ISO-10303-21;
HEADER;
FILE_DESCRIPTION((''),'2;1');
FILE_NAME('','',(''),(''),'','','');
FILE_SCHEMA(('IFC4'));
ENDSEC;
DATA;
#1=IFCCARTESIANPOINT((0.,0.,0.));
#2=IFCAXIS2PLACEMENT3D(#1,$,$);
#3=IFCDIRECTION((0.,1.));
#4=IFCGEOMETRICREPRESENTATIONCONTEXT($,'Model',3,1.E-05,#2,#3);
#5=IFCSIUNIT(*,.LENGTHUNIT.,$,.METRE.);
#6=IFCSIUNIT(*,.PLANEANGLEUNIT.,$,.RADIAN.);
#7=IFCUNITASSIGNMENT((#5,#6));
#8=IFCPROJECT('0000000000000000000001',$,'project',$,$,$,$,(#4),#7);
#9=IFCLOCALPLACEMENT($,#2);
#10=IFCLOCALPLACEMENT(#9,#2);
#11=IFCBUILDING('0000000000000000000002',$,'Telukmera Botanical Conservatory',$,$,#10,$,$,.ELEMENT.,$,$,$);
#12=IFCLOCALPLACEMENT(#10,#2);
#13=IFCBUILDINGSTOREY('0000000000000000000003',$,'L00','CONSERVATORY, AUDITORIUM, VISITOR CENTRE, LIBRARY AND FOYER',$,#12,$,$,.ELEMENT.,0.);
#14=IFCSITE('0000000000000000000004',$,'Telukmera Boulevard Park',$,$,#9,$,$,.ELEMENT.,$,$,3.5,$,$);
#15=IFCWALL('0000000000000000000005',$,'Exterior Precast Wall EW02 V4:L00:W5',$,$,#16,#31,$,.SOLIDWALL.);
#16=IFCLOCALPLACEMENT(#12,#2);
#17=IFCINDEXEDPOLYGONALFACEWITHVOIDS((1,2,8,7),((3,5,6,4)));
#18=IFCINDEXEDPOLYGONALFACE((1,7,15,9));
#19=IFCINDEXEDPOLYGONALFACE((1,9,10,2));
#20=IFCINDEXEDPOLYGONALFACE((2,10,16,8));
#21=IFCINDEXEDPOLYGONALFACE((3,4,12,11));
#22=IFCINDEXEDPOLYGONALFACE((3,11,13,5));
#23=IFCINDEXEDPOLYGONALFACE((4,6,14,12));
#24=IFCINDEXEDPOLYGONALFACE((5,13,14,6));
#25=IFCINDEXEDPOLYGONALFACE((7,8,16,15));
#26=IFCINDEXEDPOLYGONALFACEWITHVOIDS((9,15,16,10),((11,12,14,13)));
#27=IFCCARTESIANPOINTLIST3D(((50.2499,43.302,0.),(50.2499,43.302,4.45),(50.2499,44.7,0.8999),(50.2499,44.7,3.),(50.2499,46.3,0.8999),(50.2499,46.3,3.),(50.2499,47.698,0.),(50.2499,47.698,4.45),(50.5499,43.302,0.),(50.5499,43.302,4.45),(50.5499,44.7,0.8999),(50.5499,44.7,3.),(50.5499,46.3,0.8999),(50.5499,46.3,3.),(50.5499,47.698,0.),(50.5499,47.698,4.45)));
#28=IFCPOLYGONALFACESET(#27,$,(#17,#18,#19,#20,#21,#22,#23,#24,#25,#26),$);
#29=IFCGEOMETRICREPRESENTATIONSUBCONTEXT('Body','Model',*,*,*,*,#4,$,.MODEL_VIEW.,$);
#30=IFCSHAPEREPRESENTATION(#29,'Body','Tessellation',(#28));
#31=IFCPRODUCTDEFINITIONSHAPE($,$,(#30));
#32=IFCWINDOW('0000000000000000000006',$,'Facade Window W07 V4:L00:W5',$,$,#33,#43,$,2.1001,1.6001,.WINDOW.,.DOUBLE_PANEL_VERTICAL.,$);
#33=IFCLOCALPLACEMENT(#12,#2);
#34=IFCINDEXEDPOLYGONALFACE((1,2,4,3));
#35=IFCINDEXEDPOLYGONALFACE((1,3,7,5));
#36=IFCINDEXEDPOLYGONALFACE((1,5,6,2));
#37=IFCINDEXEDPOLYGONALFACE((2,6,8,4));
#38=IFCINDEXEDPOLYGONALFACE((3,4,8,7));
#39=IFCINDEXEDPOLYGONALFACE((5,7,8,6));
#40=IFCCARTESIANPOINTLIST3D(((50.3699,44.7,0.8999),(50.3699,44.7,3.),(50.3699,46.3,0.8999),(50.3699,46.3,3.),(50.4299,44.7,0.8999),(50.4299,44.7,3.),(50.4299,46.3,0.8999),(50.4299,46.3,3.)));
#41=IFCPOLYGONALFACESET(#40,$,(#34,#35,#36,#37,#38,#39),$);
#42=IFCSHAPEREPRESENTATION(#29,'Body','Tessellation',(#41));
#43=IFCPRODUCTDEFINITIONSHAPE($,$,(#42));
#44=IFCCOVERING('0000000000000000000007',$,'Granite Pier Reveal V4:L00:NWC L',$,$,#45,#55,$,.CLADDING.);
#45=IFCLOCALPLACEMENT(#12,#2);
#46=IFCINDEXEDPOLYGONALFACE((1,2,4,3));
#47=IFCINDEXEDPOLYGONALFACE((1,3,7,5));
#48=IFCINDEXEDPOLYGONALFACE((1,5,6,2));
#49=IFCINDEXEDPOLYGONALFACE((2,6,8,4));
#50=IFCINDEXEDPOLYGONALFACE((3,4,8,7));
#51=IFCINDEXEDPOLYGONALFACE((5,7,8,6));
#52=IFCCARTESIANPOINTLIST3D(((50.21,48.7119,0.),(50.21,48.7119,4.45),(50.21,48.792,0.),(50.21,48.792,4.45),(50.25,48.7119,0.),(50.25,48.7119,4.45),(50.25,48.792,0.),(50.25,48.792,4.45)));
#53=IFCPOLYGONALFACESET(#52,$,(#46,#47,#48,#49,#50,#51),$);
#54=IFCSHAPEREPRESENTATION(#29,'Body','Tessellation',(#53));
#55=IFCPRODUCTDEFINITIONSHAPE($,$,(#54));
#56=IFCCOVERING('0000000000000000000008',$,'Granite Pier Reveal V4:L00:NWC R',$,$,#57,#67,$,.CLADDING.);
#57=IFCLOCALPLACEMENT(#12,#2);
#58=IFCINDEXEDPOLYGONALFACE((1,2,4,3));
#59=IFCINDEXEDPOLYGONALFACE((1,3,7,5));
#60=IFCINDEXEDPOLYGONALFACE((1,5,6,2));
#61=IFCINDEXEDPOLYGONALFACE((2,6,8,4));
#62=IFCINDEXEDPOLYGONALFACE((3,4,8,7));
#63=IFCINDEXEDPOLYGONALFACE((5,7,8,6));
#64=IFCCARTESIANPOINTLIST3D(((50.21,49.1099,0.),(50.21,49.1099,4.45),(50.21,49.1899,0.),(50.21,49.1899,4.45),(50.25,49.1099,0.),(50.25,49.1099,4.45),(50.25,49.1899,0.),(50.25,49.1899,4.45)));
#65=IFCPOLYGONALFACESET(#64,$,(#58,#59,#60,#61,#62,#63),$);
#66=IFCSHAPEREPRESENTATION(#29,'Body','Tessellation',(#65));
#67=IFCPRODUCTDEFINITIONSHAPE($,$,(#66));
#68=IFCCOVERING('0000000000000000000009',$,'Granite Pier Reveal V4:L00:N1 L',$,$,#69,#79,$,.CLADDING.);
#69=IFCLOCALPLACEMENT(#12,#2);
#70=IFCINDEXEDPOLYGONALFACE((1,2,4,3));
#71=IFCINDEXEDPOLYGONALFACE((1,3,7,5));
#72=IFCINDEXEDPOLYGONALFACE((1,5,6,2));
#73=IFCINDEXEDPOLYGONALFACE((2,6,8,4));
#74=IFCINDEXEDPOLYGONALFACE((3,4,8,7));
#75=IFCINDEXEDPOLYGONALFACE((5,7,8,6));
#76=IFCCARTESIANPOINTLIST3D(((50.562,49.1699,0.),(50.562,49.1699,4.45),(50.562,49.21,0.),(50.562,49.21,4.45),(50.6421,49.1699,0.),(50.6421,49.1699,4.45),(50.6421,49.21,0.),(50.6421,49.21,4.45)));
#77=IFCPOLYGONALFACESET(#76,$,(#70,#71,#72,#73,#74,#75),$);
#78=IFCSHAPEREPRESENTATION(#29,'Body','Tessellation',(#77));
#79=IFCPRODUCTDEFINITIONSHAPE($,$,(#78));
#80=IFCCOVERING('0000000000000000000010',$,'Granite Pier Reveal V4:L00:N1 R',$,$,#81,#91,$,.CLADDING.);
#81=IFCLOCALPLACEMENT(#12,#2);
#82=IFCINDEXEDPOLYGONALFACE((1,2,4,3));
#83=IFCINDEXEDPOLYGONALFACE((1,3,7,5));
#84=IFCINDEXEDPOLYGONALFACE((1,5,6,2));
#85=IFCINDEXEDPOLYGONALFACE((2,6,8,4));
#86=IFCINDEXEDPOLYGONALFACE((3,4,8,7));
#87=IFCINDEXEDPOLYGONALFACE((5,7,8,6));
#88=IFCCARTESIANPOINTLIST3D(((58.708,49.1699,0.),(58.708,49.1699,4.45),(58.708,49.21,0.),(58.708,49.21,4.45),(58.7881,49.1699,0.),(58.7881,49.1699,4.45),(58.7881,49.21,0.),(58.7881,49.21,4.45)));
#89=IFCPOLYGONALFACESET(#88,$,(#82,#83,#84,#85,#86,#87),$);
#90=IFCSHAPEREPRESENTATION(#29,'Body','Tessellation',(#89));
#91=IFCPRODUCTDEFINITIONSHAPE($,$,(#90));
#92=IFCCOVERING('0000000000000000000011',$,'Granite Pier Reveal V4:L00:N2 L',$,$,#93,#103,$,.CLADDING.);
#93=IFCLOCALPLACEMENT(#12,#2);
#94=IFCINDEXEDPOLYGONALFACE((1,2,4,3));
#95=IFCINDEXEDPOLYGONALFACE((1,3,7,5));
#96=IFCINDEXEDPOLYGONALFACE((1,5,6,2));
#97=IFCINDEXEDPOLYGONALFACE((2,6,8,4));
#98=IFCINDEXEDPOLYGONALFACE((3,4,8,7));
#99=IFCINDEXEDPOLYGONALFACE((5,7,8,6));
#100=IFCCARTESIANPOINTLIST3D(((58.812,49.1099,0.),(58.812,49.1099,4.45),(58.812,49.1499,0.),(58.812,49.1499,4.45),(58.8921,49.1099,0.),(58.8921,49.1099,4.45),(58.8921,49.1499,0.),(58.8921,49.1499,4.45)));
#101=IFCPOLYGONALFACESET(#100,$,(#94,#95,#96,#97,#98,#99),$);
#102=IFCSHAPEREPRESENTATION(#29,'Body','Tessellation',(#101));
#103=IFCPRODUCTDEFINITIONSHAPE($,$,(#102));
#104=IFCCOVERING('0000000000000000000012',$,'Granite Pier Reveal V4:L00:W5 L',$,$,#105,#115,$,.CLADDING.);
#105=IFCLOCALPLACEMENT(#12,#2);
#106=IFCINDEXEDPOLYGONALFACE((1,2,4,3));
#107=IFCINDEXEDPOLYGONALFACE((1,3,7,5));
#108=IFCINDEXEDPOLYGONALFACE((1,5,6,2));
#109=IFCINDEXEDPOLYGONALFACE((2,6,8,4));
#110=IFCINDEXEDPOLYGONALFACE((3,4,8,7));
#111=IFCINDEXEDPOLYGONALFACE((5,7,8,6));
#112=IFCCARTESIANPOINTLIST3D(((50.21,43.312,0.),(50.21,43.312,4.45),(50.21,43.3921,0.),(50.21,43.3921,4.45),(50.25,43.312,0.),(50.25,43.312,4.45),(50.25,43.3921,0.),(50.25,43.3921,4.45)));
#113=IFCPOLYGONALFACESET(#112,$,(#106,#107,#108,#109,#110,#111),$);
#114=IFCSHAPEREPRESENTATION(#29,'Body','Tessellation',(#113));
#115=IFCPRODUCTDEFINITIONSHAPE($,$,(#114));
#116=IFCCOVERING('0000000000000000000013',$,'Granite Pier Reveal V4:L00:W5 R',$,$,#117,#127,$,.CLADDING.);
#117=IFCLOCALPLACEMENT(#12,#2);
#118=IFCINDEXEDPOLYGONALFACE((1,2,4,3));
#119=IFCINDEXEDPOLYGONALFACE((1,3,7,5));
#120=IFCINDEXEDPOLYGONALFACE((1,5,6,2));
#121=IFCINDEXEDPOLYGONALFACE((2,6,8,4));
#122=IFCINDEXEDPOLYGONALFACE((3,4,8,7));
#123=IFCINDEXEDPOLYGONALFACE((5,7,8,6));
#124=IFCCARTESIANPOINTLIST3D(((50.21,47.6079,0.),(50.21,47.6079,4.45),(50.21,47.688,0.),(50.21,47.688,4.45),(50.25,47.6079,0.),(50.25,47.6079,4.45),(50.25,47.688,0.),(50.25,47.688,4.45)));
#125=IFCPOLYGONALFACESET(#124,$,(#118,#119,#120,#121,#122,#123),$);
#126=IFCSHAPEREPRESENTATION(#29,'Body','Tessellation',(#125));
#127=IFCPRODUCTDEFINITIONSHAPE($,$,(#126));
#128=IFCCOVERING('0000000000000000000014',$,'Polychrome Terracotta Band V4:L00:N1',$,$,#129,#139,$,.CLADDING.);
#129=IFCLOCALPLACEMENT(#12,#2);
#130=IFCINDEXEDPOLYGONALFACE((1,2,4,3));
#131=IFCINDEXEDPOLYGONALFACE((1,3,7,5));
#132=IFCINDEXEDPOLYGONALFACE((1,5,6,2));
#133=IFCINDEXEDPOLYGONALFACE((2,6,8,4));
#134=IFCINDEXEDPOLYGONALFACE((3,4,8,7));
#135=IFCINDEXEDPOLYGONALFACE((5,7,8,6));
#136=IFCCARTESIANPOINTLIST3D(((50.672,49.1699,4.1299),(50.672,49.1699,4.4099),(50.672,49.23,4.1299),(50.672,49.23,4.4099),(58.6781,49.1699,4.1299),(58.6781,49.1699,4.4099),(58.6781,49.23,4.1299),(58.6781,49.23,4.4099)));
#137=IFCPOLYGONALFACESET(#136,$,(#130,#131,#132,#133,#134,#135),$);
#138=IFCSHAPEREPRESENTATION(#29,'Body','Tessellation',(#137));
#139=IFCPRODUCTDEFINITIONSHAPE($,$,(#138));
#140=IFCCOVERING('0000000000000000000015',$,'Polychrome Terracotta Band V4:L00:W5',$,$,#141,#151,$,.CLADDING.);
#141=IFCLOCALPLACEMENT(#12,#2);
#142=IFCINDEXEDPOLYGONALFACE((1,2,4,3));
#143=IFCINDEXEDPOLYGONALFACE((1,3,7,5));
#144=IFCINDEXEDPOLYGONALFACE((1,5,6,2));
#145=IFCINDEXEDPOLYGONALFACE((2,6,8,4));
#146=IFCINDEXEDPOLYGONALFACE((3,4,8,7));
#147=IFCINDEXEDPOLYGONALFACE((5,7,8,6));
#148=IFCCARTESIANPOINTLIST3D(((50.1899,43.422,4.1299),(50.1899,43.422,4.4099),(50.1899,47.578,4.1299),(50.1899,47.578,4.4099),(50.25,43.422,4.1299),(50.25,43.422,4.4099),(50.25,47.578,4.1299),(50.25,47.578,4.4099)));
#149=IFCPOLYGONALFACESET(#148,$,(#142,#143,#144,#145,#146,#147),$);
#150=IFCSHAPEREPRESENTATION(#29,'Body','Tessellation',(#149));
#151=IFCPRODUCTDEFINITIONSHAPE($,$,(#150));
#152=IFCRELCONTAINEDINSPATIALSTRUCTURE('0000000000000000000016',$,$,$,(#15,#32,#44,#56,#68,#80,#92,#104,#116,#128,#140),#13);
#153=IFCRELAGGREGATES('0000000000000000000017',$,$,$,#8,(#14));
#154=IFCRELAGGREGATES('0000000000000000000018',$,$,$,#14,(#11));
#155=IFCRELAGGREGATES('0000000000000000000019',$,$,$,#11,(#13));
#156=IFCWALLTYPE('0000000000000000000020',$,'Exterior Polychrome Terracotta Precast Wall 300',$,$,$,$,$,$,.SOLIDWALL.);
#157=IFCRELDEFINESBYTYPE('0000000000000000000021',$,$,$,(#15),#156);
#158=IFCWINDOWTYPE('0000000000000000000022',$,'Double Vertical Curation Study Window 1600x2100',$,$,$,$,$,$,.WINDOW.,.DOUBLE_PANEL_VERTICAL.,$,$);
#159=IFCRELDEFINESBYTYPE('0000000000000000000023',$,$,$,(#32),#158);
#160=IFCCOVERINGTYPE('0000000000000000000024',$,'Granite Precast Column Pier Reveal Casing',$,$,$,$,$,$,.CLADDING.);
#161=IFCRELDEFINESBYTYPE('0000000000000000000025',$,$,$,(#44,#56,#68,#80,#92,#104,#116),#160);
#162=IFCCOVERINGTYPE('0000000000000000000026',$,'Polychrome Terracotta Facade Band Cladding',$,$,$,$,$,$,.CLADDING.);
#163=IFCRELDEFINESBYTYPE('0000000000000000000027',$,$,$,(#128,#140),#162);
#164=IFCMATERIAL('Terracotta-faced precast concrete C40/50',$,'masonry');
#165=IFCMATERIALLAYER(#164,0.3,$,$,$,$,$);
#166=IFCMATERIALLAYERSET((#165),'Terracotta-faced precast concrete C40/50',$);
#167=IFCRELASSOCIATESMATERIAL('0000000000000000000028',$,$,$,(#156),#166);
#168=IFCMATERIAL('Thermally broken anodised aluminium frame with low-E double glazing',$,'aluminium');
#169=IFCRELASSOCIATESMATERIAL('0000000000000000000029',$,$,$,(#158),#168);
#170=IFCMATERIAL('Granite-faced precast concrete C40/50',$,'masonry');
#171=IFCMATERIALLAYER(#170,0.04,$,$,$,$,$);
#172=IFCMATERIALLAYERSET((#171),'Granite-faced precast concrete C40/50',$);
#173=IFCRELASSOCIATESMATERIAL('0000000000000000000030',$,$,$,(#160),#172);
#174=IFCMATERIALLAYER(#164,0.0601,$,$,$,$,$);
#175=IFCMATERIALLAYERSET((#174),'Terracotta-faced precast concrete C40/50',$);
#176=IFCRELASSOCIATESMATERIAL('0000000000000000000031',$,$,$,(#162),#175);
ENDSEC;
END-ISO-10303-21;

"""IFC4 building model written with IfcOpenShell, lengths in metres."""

from ifc_helpers import new_model, si_unit, direction, frame, frame_2d, origin, origin_2d, place, context, subcontext, project, spatial, rectangle, extrude, material, layer, layer_set, type_object, element, fill, save


model = new_model("IFC4")

# Units and contexts
model_context = context("Model", 3, precision=1e-05, world=origin(), true_north=direction((0.0, 1.0)))
body_context = subcontext(model_context, "Body", "Model", "MODEL_VIEW")
ifc_project = project(units=[si_unit("LENGTHUNIT", "METRE"), si_unit("PLANEANGLEUNIT", "RADIAN")], contexts=[model_context])

# Site, building, storey
site_placement = place(None, origin())
site = spatial("IfcSite", under=ifc_project, at=site_placement, Name="Telukmera Boulevard Park", CompositionType="ELEMENT", RefElevation=3.5)
building_placement = place(site_placement, origin())
building = spatial("IfcBuilding", under=site, at=building_placement, Name="Telukmera Botanical Conservatory", CompositionType="ELEMENT")
storey_placement = place(building_placement, origin())
storey = spatial("IfcBuildingStorey", under=building, at=storey_placement, Name="L00", Description="CONSERVATORY, AUDITORIUM, VISITOR CENTRE, LIBRARY AND FOYER", CompositionType="ELEMENT", Elevation=0.0)

# Shared definitions
ifc_material_1 = material(Name="Terracotta-faced precast concrete C40/50", Category="masonry")
ifc_layer_1 = layer(ifc_material_1, 0.3)
ifc_layer_set_1 = layer_set([ifc_layer_1], Name="Terracotta-faced precast concrete C40/50")
wall_type = type_object("IfcWallType", Name="Exterior Polychrome Terracotta Precast Wall 300", PredefinedType="SOLIDWALL", material=ifc_layer_set_1)

# Shared definitions
ifc_material_2 = material(Name="Thermally broken anodised aluminium frame with low-E double glazing", Category="aluminium")
window_type_1 = type_object("IfcWindowType", Name="Double Vertical Curation Study Window 1600x2100", PartitioningType="DOUBLE_PANEL_VERTICAL", PredefinedType="WINDOW", material=ifc_material_2)

# Wall, opening, window
wall_1_placement = place(storey_placement, frame((50.3999, 43.302, 0.0), z_axis=(0.0, 0.0, 1.0), x_axis=(0.0, 1.0, 0.0)))
wall_1 = element("IfcWall", 1, at=wall_1_placement, inside=storey, type_object=wall_type, Name="Exterior Precast Wall EW02 V4:L00:W5", PredefinedType="SOLIDWALL", context=body_context, shape_type="SweptSolid", body=[
    extrude(rectangle(XDim=4.396, YDim=0.3, at=frame_2d((2.198, 0.0))), origin(), (0.0, 0.0, 1.0), 4.45),
])
opening_1_placement = place(wall_1_placement, frame((1.3979, 0.0, 0.8999)))
opening_1 = element("IfcOpeningElement", 2, at=opening_1_placement, cuts=wall_1, PredefinedType="OPENING", context=body_context, shape_type="SweptSolid", body=[
    extrude(rectangle(XDim=1.6001, YDim=2.1001, at=frame_2d((0.8, 1.05))), frame((0.0, 0.1599, 0.0), z_axis=(0.0, -1.0, 0.0), x_axis=(1.0, 0.0, 0.0)), (0.0, 0.0, 1.0), 0.3201),
])
window_1_placement = place(opening_1_placement, origin())
window_1 = element("IfcWindow", 3, at=window_1_placement, inside=storey, type_object=window_type_1, Name="Facade Window W07 V4:L00:W5", OverallHeight=2.1001, OverallWidth=1.6001, PartitioningType="DOUBLE_PANEL_VERTICAL", PredefinedType="WINDOW", context=body_context, shape_type="SweptSolid", body=[
    extrude(rectangle(XDim=1.6001, YDim=2.1001, at=frame_2d((0.8, 1.05))), frame((0.0, 0.03, 0.0), z_axis=(0.0, -1.0, 0.0), x_axis=(1.0, 0.0, 0.0)), (0.0, 0.0, 1.0), 0.0601),
])
fill(opening_1, window_1)

# Coverings
ifc_material_3 = material(Name="Granite-faced precast concrete C40/50", Category="masonry")
ifc_layer_2 = layer(ifc_material_3, 0.04)
ifc_layer_set_2 = layer_set([ifc_layer_2], Name="Granite-faced precast concrete C40/50")
covering_type_1 = type_object("IfcCoveringType", Name="Granite Precast Column Pier Reveal Casing", PredefinedType="CLADDING", material=ifc_layer_set_2)
for number, where, z_axis, x_axis, name in (
    (4, (50.23, 48.752, 0.0), (0.0, 0.0, 1.0), (0.0, 1.0, 0.0), "Granite Pier Reveal V4:L00:NWC L"),
    (5, (50.23, 49.1499, 0.0), (0.0, 0.0, 1.0), (0.0, 1.0, 0.0), "Granite Pier Reveal V4:L00:NWC R"),
    (6, (50.6021, 49.1899, 0.0), (0.0, 0.0, 1.0), (1.0, 0.0, 0.0), "Granite Pier Reveal V4:L00:N1 L"),
    (7, (58.748, 49.1899, 0.0), (0.0, 0.0, 1.0), (1.0, 0.0, 0.0), "Granite Pier Reveal V4:L00:N1 R"),
    (8, (58.8521, 49.1299, 0.0), (0.0, 0.0, 1.0), (1.0, 0.0, 0.0), "Granite Pier Reveal V4:L00:N2 L"),
    (9, (50.23, 43.3521, 0.0), (0.0, 0.0, 1.0), (0.0, 1.0, 0.0), "Granite Pier Reveal V4:L00:W5 L"),
    (10, (50.23, 47.6479, 0.0), (0.0, 0.0, 1.0), (0.0, 1.0, 0.0), "Granite Pier Reveal V4:L00:W5 R"),
):
    element("IfcCovering", number, at=place(storey_placement, frame(where, z_axis=z_axis, x_axis=x_axis)), inside=storey, type_object=covering_type_1, Name=name, PredefinedType="CLADDING", context=body_context, shape_type="SweptSolid", body=[
        extrude(rectangle(XDim=0.0801, YDim=0.04, at=origin_2d()), origin(), (0.0, 0.0, 1.0), 4.45),
    ])
ifc_layer_3 = layer(ifc_material_1, 0.0601)
ifc_layer_set_3 = layer_set([ifc_layer_3], Name="Terracotta-faced precast concrete C40/50")
covering_type_2 = type_object("IfcCoveringType", Name="Polychrome Terracotta Facade Band Cladding", PredefinedType="CLADDING", material=ifc_layer_set_3)
covering_1_placement = place(storey_placement, frame((54.675, 49.2, 4.1299), z_axis=(0.0, 0.0, 1.0), x_axis=(1.0, 0.0, 0.0)))
element("IfcCovering", 11, at=covering_1_placement, inside=storey, type_object=covering_type_2, Name="Polychrome Terracotta Band V4:L00:N1", PredefinedType="CLADDING", context=body_context, shape_type="SweptSolid", body=[
    extrude(rectangle(XDim=8.0061, YDim=0.0601, at=origin_2d()), origin(), (0.0, 0.0, 1.0), 0.28),
])
covering_2_placement = place(storey_placement, frame((50.22, 45.5, 4.1299), z_axis=(0.0, 0.0, 1.0), x_axis=(0.0, 1.0, 0.0)))
element("IfcCovering", 12, at=covering_2_placement, inside=storey, type_object=covering_type_2, Name="Polychrome Terracotta Band V4:L00:W5", PredefinedType="CLADDING", context=body_context, shape_type="SweptSolid", body=[
    extrude(rectangle(XDim=4.156, YDim=0.0601, at=origin_2d()), origin(), (0.0, 0.0, 1.0), 0.28),
])

save(model, "model.ifc")
